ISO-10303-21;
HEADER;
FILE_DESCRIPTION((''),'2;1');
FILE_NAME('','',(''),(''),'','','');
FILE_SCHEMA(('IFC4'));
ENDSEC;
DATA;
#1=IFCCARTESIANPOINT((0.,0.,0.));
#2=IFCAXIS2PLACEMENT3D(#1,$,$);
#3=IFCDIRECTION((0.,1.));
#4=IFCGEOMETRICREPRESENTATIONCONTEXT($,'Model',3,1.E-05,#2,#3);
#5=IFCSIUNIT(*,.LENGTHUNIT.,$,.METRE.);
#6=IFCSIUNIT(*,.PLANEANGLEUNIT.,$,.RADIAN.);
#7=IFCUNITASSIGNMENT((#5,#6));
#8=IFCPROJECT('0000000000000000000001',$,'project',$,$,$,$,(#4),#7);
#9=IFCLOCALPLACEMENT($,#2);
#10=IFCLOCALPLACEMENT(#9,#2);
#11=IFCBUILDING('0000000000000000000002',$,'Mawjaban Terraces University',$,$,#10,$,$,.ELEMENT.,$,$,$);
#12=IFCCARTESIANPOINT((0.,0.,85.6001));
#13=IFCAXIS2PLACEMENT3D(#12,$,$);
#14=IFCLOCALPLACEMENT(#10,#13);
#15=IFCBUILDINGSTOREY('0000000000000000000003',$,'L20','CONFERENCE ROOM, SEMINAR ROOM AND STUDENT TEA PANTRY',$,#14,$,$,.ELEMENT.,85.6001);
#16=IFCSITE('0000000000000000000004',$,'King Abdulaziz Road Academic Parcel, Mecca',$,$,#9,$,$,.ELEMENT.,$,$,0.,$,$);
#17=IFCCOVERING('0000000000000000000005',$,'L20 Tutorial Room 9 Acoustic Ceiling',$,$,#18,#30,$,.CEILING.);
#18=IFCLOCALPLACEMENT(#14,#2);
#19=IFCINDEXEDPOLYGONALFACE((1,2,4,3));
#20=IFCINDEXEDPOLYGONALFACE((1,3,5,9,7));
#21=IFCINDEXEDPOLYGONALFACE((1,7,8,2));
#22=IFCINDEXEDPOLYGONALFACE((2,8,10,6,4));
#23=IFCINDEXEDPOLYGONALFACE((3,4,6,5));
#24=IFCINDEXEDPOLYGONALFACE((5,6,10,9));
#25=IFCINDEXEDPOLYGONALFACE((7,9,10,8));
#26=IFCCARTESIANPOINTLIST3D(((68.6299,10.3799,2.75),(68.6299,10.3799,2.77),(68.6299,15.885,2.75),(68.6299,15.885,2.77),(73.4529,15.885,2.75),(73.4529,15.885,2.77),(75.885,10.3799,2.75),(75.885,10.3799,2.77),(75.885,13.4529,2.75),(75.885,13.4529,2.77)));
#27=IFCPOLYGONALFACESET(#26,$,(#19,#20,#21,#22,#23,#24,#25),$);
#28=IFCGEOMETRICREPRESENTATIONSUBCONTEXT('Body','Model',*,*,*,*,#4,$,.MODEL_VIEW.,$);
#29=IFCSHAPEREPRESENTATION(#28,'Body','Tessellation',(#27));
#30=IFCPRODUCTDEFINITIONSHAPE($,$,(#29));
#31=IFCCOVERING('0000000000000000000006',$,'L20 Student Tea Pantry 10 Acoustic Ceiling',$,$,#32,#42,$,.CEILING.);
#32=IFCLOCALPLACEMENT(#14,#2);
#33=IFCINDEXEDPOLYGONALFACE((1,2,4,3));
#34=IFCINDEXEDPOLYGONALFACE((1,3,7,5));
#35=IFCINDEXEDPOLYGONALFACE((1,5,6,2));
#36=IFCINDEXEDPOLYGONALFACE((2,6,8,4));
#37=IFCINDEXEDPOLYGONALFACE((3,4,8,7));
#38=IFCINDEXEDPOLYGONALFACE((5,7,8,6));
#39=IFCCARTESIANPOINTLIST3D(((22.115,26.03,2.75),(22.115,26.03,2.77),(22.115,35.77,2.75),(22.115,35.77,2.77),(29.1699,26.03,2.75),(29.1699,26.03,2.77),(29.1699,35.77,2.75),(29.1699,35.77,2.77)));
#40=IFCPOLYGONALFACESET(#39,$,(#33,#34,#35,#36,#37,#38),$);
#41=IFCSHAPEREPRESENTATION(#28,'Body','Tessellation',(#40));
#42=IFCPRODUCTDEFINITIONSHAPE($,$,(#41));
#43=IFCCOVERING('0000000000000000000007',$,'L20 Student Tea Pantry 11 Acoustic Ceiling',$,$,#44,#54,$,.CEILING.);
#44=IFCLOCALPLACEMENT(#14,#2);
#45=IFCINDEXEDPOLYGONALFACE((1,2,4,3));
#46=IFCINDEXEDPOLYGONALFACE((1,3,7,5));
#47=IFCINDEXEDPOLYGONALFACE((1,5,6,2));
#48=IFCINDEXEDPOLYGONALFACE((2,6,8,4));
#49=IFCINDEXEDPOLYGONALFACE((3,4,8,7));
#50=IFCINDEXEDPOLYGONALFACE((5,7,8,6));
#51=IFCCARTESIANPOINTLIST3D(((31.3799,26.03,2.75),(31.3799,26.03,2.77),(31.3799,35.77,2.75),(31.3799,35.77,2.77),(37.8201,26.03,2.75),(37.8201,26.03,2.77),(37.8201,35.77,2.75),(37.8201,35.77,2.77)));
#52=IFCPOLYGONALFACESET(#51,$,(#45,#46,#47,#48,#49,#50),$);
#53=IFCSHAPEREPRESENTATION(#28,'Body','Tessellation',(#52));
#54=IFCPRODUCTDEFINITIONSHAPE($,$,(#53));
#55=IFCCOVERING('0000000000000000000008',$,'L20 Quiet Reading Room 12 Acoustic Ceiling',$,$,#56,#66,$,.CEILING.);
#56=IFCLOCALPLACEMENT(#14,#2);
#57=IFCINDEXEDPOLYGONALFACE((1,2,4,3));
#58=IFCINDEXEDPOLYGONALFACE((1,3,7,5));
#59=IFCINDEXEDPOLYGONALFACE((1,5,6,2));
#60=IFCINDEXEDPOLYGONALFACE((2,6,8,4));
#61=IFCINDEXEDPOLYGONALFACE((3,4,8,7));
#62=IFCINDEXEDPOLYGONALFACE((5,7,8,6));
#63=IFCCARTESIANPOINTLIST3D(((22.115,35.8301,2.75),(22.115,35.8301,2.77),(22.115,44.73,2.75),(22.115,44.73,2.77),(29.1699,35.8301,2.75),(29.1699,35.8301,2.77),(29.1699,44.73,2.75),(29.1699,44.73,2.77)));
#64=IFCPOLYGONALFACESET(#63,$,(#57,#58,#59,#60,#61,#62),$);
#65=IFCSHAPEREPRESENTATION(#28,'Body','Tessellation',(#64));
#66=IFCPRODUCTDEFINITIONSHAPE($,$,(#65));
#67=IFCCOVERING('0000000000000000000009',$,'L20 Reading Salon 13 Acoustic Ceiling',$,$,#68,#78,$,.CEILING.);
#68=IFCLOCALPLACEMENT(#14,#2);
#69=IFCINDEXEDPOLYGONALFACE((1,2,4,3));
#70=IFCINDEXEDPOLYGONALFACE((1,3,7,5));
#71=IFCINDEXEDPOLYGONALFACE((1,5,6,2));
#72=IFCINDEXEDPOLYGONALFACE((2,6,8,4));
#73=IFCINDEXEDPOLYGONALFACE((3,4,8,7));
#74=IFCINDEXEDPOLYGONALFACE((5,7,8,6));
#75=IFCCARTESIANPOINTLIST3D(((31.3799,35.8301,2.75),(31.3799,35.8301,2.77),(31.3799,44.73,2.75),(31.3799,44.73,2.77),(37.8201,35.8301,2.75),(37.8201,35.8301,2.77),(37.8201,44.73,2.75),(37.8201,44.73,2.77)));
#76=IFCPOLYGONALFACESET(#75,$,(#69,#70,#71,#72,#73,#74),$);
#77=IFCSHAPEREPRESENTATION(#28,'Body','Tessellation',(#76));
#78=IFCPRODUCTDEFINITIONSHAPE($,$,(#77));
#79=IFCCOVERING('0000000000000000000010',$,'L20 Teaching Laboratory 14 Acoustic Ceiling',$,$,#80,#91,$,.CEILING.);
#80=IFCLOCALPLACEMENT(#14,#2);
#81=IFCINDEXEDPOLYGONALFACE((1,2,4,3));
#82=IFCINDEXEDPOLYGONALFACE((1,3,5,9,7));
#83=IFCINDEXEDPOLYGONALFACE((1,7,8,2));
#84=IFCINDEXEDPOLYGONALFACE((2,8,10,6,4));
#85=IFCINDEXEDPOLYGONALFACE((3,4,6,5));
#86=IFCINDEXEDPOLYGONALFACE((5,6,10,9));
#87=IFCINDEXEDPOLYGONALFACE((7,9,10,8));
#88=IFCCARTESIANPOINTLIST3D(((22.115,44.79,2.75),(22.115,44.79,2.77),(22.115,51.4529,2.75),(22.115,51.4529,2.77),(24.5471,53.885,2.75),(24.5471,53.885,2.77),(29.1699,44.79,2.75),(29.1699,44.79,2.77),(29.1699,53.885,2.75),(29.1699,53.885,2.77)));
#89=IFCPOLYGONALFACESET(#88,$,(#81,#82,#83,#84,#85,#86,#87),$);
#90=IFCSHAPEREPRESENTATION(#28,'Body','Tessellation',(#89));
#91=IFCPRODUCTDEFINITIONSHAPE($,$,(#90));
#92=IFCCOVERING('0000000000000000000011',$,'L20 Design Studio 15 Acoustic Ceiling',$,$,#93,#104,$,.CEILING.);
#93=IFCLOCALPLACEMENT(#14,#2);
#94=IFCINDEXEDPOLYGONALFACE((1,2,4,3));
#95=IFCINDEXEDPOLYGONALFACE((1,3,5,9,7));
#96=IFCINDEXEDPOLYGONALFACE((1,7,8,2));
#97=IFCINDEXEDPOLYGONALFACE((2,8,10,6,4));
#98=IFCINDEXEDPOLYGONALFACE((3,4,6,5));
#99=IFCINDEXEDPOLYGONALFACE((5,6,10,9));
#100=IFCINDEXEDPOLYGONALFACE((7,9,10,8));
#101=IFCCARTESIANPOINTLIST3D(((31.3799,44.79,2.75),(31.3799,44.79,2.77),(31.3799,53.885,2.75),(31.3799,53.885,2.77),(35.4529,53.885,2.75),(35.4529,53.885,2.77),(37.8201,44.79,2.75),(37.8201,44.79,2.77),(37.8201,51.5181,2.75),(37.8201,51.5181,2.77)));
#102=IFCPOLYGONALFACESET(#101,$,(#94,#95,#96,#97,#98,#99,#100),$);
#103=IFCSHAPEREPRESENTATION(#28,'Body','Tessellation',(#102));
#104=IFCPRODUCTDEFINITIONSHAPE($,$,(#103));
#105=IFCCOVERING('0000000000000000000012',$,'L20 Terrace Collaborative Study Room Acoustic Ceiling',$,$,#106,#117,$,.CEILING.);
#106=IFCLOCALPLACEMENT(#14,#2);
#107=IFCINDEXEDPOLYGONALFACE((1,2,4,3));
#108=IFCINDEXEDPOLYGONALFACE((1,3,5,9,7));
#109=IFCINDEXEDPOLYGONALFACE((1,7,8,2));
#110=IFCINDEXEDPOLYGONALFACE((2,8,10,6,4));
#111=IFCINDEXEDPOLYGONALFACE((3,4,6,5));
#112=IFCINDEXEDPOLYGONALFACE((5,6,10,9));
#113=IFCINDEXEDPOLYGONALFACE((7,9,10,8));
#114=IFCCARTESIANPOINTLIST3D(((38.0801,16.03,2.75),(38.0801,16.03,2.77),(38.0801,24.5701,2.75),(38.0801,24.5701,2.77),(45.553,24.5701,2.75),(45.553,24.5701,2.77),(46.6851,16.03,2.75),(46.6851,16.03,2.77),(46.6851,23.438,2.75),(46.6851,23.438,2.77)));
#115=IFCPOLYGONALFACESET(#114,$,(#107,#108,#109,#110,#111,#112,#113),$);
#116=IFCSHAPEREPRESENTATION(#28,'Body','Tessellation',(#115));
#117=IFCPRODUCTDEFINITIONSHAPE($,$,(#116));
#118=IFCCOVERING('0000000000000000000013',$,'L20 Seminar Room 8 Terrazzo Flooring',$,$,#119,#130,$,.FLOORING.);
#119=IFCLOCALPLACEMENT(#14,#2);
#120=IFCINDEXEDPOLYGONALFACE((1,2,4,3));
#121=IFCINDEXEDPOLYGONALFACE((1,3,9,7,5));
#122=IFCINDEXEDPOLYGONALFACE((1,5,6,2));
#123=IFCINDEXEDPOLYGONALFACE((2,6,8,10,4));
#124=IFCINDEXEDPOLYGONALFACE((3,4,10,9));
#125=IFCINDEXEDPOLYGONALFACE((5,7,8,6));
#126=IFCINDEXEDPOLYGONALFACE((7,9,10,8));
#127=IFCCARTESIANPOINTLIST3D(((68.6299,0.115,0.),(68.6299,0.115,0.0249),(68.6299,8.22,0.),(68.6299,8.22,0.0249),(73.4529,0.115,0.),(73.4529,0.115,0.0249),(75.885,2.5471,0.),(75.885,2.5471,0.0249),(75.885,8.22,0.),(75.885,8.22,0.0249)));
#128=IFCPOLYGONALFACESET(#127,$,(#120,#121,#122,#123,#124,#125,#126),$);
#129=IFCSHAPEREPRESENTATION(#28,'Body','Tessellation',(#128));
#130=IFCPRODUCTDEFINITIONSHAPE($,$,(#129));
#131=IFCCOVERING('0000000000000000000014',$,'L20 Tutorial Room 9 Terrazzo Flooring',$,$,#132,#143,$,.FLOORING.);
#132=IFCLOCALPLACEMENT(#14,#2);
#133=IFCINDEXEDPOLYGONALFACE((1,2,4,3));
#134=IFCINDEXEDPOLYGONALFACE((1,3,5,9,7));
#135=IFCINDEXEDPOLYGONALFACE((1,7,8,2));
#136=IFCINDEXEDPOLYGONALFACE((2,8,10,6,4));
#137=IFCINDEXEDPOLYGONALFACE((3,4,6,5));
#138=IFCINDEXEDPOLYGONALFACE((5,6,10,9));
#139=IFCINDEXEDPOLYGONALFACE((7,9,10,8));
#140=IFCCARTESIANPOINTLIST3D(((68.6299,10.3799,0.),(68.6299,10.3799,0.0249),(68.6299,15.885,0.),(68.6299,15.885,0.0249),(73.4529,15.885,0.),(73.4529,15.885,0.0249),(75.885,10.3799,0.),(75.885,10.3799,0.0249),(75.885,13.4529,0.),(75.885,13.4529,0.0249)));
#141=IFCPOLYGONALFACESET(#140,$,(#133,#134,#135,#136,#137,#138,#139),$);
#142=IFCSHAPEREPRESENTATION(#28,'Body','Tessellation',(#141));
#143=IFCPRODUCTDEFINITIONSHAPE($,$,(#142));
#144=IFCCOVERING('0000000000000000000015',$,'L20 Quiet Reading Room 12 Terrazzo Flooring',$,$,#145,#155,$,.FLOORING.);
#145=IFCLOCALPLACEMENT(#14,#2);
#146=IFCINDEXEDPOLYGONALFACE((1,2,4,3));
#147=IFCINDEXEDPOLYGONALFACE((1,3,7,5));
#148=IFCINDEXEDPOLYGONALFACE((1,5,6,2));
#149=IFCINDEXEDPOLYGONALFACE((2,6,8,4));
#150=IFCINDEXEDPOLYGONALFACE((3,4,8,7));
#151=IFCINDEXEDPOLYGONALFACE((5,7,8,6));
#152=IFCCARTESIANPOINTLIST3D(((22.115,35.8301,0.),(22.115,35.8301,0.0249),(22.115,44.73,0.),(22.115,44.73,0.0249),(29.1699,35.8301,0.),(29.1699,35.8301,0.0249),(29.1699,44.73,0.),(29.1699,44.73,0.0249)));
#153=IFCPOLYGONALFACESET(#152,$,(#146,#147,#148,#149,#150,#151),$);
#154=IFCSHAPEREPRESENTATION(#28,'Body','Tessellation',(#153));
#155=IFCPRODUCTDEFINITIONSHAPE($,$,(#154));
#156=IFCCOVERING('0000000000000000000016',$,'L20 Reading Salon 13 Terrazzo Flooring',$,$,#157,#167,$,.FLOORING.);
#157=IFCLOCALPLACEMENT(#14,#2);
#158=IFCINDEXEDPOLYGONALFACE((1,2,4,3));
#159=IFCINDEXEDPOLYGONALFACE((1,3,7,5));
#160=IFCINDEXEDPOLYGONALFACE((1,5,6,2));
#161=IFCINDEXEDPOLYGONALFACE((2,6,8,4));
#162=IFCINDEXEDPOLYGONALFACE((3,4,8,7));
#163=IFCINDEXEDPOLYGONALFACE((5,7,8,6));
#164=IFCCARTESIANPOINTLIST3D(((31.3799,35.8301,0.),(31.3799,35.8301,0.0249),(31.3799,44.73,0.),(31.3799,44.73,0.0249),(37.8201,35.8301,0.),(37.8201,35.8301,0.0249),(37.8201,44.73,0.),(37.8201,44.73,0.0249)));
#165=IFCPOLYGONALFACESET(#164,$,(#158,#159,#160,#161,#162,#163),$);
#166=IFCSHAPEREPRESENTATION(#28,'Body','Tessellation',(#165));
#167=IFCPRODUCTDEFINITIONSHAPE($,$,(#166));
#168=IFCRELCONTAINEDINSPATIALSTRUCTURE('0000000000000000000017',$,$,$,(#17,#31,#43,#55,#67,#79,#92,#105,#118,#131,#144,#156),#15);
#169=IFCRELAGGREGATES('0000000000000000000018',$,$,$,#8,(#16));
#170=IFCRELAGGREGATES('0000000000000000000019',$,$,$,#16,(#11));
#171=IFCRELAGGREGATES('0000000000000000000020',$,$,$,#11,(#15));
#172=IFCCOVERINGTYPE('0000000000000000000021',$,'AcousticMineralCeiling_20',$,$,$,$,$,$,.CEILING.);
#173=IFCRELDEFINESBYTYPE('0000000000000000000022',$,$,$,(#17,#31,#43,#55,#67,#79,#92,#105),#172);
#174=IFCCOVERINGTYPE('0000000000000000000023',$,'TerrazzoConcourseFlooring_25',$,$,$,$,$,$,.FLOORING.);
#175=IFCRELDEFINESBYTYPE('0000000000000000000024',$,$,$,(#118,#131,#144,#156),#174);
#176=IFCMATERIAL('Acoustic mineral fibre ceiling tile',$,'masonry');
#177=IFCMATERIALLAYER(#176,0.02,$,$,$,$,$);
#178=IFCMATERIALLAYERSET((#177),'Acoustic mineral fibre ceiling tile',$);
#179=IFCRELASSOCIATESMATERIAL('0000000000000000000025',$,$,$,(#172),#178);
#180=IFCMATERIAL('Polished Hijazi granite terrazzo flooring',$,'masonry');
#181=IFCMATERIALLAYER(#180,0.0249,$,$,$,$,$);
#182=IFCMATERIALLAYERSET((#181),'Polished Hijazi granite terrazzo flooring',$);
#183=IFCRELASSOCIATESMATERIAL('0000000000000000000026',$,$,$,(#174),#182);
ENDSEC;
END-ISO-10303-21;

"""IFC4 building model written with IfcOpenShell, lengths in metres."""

from ifc_helpers import new_model, si_unit, direction, frame, origin, place, context, subcontext, project, spatial, polyline, outline, extrude, material, layer, layer_set, type_object, element, save


model = new_model("IFC4")

# Units and contexts
model_context = context("Model", 3, precision=1e-05, world=origin(), true_north=direction((0.0, 1.0)))
body_context = subcontext(model_context, "Body", "Model", "MODEL_VIEW")
ifc_project = project(units=[si_unit("LENGTHUNIT", "METRE"), si_unit("PLANEANGLEUNIT", "RADIAN")], contexts=[model_context])

# Site, building, storey
site_placement = place(None, origin())
site = spatial("IfcSite", under=ifc_project, at=site_placement, Name="King Abdulaziz Road Academic Parcel, Mecca", CompositionType="ELEMENT", RefElevation=0.0)
building_placement = place(site_placement, origin())
building = spatial("IfcBuilding", under=site, at=building_placement, Name="Mawjaban Terraces University", CompositionType="ELEMENT")
storey_placement = place(building_placement, frame((0.0, 0.0, 85.6001)))
storey = spatial("IfcBuildingStorey", under=building, at=storey_placement, Name="L20", Description="CONFERENCE ROOM, SEMINAR ROOM AND STUDENT TEA PANTRY", CompositionType="ELEMENT", Elevation=85.6001)

# Coverings
ifc_material_1 = material(Name="Acoustic mineral fibre ceiling tile", Category="masonry")
ifc_layer_1 = layer(ifc_material_1, 0.02)
ifc_layer_set_1 = layer_set([ifc_layer_1], Name="Acoustic mineral fibre ceiling tile")
covering_type_1 = type_object("IfcCoveringType", Name="AcousticMineralCeiling_20", PredefinedType="CEILING", material=ifc_layer_set_1)
covering_1_placement = place(storey_placement, frame((0.0, 0.0, 2.75)))
element("IfcCovering", 1, at=covering_1_placement, inside=storey, type_object=covering_type_1, Name="L20 Tutorial Room 9 Acoustic Ceiling", PredefinedType="CEILING", context=body_context, shape_type="SweptSolid", body=[
    extrude(outline(polyline([(75.885, 10.3799), (75.885, 13.4529), (73.4529, 15.885), (68.6299, 15.885), (68.6299, 10.3799), (75.885, 10.3799)])), origin(), (0.0, 0.0, 1.0), 0.02),
])
covering_2_placement = place(storey_placement, frame((0.0, 0.0, 2.75)))
element("IfcCovering", 2, at=covering_2_placement, inside=storey, type_object=covering_type_1, Name="L20 Student Tea Pantry 10 Acoustic Ceiling", PredefinedType="CEILING", context=body_context, shape_type="SweptSolid", body=[
    extrude(outline(polyline([(22.115, 35.77), (22.115, 26.03), (29.1699, 26.03), (29.1699, 35.77), (22.115, 35.77)])), origin(), (0.0, 0.0, 1.0), 0.02),
])
covering_3_placement = place(storey_placement, frame((0.0, 0.0, 2.75)))
element("IfcCovering", 3, at=covering_3_placement, inside=storey, type_object=covering_type_1, Name="L20 Student Tea Pantry 11 Acoustic Ceiling", PredefinedType="CEILING", context=body_context, shape_type="SweptSolid", body=[
    extrude(outline(polyline([(37.8201, 26.03), (37.8201, 35.77), (31.3799, 35.77), (31.3799, 26.03), (37.8201, 26.03)])), origin(), (0.0, 0.0, 1.0), 0.02),
])
covering_4_placement = place(storey_placement, frame((0.0, 0.0, 2.75)))
element("IfcCovering", 4, at=covering_4_placement, inside=storey, type_object=covering_type_1, Name="L20 Quiet Reading Room 12 Acoustic Ceiling", PredefinedType="CEILING", context=body_context, shape_type="SweptSolid", body=[
    extrude(outline(polyline([(22.115, 44.73), (22.115, 35.8301), (29.1699, 35.8301), (29.1699, 44.73), (22.115, 44.73)])), origin(), (0.0, 0.0, 1.0), 0.02),
])
covering_5_placement = place(storey_placement, frame((0.0, 0.0, 2.75)))
element("IfcCovering", 5, at=covering_5_placement, inside=storey, type_object=covering_type_1, Name="L20 Reading Salon 13 Acoustic Ceiling", PredefinedType="CEILING", context=body_context, shape_type="SweptSolid", body=[
    extrude(outline(polyline([(37.8201, 35.8301), (37.8201, 44.73), (31.3799, 44.73), (31.3799, 35.8301), (37.8201, 35.8301)])), origin(), (0.0, 0.0, 1.0), 0.02),
])
covering_6_placement = place(storey_placement, frame((0.0, 0.0, 2.75)))
element("IfcCovering", 6, at=covering_6_placement, inside=storey, type_object=covering_type_1, Name="L20 Teaching Laboratory 14 Acoustic Ceiling", PredefinedType="CEILING", context=body_context, shape_type="SweptSolid", body=[
    extrude(outline(polyline([(29.1699, 53.885), (24.5471, 53.885), (22.115, 51.4529), (22.115, 44.79), (29.1699, 44.79), (29.1699, 53.885)])), origin(), (0.0, 0.0, 1.0), 0.02),
])
covering_7_placement = place(storey_placement, frame((0.0, 0.0, 2.75)))
element("IfcCovering", 7, at=covering_7_placement, inside=storey, type_object=covering_type_1, Name="L20 Design Studio 15 Acoustic Ceiling", PredefinedType="CEILING", context=body_context, shape_type="SweptSolid", body=[
    extrude(outline(polyline([(37.8201, 51.5181), (35.4529, 53.885), (31.3799, 53.885), (31.3799, 44.79), (37.8201, 44.79), (37.8201, 51.5181)])), origin(), (0.0, 0.0, 1.0), 0.02),
])
covering_8_placement = place(storey_placement, frame((0.0, 0.0, 2.75)))
element("IfcCovering", 8, at=covering_8_placement, inside=storey, type_object=covering_type_1, Name="L20 Terrace Collaborative Study Room Acoustic Ceiling", PredefinedType="CEILING", context=body_context, shape_type="SweptSolid", body=[
    extrude(outline(polyline([(46.6851, 16.03), (46.6851, 23.438), (45.553, 24.5701), (38.0801, 24.5701), (38.0801, 16.03), (46.6851, 16.03)])), origin(), (0.0, 0.0, 1.0), 0.02),
])
ifc_material_2 = material(Name="Polished Hijazi granite terrazzo flooring", Category="masonry")
ifc_layer_2 = layer(ifc_material_2, 0.0249)
ifc_layer_set_2 = layer_set([ifc_layer_2], Name="Polished Hijazi granite terrazzo flooring")
covering_type_2 = type_object("IfcCoveringType", Name="TerrazzoConcourseFlooring_25", PredefinedType="FLOORING", material=ifc_layer_set_2)
covering_9_placement = place(storey_placement, origin())
element("IfcCovering", 9, at=covering_9_placement, inside=storey, type_object=covering_type_2, Name="L20 Seminar Room 8 Terrazzo Flooring", PredefinedType="FLOORING", context=body_context, shape_type="SweptSolid", body=[
    extrude(outline(polyline([(68.6299, 0.115), (73.4529, 0.115), (75.885, 2.5471), (75.885, 8.22), (68.6299, 8.22), (68.6299, 0.115)])), origin(), (0.0, 0.0, 1.0), 0.0249),
])
covering_10_placement = place(storey_placement, origin())
element("IfcCovering", 10, at=covering_10_placement, inside=storey, type_object=covering_type_2, Name="L20 Tutorial Room 9 Terrazzo Flooring", PredefinedType="FLOORING", context=body_context, shape_type="SweptSolid", body=[
    extrude(outline(polyline([(75.885, 10.3799), (75.885, 13.4529), (73.4529, 15.885), (68.6299, 15.885), (68.6299, 10.3799), (75.885, 10.3799)])), origin(), (0.0, 0.0, 1.0), 0.0249),
])
covering_11_placement = place(storey_placement, origin())
element("IfcCovering", 11, at=covering_11_placement, inside=storey, type_object=covering_type_2, Name="L20 Quiet Reading Room 12 Terrazzo Flooring", PredefinedType="FLOORING", context=body_context, shape_type="SweptSolid", body=[
    extrude(outline(polyline([(22.115, 44.73), (22.115, 35.8301), (29.1699, 35.8301), (29.1699, 44.73), (22.115, 44.73)])), origin(), (0.0, 0.0, 1.0), 0.0249),
])
covering_12_placement = place(storey_placement, origin())
element("IfcCovering", 12, at=covering_12_placement, inside=storey, type_object=covering_type_2, Name="L20 Reading Salon 13 Terrazzo Flooring", PredefinedType="FLOORING", context=body_context, shape_type="SweptSolid", body=[
    extrude(outline(polyline([(37.8201, 35.8301), (37.8201, 44.73), (31.3799, 44.73), (31.3799, 35.8301), (37.8201, 35.8301)])), origin(), (0.0, 0.0, 1.0), 0.0249),
])

save(model, "model.ifc")
